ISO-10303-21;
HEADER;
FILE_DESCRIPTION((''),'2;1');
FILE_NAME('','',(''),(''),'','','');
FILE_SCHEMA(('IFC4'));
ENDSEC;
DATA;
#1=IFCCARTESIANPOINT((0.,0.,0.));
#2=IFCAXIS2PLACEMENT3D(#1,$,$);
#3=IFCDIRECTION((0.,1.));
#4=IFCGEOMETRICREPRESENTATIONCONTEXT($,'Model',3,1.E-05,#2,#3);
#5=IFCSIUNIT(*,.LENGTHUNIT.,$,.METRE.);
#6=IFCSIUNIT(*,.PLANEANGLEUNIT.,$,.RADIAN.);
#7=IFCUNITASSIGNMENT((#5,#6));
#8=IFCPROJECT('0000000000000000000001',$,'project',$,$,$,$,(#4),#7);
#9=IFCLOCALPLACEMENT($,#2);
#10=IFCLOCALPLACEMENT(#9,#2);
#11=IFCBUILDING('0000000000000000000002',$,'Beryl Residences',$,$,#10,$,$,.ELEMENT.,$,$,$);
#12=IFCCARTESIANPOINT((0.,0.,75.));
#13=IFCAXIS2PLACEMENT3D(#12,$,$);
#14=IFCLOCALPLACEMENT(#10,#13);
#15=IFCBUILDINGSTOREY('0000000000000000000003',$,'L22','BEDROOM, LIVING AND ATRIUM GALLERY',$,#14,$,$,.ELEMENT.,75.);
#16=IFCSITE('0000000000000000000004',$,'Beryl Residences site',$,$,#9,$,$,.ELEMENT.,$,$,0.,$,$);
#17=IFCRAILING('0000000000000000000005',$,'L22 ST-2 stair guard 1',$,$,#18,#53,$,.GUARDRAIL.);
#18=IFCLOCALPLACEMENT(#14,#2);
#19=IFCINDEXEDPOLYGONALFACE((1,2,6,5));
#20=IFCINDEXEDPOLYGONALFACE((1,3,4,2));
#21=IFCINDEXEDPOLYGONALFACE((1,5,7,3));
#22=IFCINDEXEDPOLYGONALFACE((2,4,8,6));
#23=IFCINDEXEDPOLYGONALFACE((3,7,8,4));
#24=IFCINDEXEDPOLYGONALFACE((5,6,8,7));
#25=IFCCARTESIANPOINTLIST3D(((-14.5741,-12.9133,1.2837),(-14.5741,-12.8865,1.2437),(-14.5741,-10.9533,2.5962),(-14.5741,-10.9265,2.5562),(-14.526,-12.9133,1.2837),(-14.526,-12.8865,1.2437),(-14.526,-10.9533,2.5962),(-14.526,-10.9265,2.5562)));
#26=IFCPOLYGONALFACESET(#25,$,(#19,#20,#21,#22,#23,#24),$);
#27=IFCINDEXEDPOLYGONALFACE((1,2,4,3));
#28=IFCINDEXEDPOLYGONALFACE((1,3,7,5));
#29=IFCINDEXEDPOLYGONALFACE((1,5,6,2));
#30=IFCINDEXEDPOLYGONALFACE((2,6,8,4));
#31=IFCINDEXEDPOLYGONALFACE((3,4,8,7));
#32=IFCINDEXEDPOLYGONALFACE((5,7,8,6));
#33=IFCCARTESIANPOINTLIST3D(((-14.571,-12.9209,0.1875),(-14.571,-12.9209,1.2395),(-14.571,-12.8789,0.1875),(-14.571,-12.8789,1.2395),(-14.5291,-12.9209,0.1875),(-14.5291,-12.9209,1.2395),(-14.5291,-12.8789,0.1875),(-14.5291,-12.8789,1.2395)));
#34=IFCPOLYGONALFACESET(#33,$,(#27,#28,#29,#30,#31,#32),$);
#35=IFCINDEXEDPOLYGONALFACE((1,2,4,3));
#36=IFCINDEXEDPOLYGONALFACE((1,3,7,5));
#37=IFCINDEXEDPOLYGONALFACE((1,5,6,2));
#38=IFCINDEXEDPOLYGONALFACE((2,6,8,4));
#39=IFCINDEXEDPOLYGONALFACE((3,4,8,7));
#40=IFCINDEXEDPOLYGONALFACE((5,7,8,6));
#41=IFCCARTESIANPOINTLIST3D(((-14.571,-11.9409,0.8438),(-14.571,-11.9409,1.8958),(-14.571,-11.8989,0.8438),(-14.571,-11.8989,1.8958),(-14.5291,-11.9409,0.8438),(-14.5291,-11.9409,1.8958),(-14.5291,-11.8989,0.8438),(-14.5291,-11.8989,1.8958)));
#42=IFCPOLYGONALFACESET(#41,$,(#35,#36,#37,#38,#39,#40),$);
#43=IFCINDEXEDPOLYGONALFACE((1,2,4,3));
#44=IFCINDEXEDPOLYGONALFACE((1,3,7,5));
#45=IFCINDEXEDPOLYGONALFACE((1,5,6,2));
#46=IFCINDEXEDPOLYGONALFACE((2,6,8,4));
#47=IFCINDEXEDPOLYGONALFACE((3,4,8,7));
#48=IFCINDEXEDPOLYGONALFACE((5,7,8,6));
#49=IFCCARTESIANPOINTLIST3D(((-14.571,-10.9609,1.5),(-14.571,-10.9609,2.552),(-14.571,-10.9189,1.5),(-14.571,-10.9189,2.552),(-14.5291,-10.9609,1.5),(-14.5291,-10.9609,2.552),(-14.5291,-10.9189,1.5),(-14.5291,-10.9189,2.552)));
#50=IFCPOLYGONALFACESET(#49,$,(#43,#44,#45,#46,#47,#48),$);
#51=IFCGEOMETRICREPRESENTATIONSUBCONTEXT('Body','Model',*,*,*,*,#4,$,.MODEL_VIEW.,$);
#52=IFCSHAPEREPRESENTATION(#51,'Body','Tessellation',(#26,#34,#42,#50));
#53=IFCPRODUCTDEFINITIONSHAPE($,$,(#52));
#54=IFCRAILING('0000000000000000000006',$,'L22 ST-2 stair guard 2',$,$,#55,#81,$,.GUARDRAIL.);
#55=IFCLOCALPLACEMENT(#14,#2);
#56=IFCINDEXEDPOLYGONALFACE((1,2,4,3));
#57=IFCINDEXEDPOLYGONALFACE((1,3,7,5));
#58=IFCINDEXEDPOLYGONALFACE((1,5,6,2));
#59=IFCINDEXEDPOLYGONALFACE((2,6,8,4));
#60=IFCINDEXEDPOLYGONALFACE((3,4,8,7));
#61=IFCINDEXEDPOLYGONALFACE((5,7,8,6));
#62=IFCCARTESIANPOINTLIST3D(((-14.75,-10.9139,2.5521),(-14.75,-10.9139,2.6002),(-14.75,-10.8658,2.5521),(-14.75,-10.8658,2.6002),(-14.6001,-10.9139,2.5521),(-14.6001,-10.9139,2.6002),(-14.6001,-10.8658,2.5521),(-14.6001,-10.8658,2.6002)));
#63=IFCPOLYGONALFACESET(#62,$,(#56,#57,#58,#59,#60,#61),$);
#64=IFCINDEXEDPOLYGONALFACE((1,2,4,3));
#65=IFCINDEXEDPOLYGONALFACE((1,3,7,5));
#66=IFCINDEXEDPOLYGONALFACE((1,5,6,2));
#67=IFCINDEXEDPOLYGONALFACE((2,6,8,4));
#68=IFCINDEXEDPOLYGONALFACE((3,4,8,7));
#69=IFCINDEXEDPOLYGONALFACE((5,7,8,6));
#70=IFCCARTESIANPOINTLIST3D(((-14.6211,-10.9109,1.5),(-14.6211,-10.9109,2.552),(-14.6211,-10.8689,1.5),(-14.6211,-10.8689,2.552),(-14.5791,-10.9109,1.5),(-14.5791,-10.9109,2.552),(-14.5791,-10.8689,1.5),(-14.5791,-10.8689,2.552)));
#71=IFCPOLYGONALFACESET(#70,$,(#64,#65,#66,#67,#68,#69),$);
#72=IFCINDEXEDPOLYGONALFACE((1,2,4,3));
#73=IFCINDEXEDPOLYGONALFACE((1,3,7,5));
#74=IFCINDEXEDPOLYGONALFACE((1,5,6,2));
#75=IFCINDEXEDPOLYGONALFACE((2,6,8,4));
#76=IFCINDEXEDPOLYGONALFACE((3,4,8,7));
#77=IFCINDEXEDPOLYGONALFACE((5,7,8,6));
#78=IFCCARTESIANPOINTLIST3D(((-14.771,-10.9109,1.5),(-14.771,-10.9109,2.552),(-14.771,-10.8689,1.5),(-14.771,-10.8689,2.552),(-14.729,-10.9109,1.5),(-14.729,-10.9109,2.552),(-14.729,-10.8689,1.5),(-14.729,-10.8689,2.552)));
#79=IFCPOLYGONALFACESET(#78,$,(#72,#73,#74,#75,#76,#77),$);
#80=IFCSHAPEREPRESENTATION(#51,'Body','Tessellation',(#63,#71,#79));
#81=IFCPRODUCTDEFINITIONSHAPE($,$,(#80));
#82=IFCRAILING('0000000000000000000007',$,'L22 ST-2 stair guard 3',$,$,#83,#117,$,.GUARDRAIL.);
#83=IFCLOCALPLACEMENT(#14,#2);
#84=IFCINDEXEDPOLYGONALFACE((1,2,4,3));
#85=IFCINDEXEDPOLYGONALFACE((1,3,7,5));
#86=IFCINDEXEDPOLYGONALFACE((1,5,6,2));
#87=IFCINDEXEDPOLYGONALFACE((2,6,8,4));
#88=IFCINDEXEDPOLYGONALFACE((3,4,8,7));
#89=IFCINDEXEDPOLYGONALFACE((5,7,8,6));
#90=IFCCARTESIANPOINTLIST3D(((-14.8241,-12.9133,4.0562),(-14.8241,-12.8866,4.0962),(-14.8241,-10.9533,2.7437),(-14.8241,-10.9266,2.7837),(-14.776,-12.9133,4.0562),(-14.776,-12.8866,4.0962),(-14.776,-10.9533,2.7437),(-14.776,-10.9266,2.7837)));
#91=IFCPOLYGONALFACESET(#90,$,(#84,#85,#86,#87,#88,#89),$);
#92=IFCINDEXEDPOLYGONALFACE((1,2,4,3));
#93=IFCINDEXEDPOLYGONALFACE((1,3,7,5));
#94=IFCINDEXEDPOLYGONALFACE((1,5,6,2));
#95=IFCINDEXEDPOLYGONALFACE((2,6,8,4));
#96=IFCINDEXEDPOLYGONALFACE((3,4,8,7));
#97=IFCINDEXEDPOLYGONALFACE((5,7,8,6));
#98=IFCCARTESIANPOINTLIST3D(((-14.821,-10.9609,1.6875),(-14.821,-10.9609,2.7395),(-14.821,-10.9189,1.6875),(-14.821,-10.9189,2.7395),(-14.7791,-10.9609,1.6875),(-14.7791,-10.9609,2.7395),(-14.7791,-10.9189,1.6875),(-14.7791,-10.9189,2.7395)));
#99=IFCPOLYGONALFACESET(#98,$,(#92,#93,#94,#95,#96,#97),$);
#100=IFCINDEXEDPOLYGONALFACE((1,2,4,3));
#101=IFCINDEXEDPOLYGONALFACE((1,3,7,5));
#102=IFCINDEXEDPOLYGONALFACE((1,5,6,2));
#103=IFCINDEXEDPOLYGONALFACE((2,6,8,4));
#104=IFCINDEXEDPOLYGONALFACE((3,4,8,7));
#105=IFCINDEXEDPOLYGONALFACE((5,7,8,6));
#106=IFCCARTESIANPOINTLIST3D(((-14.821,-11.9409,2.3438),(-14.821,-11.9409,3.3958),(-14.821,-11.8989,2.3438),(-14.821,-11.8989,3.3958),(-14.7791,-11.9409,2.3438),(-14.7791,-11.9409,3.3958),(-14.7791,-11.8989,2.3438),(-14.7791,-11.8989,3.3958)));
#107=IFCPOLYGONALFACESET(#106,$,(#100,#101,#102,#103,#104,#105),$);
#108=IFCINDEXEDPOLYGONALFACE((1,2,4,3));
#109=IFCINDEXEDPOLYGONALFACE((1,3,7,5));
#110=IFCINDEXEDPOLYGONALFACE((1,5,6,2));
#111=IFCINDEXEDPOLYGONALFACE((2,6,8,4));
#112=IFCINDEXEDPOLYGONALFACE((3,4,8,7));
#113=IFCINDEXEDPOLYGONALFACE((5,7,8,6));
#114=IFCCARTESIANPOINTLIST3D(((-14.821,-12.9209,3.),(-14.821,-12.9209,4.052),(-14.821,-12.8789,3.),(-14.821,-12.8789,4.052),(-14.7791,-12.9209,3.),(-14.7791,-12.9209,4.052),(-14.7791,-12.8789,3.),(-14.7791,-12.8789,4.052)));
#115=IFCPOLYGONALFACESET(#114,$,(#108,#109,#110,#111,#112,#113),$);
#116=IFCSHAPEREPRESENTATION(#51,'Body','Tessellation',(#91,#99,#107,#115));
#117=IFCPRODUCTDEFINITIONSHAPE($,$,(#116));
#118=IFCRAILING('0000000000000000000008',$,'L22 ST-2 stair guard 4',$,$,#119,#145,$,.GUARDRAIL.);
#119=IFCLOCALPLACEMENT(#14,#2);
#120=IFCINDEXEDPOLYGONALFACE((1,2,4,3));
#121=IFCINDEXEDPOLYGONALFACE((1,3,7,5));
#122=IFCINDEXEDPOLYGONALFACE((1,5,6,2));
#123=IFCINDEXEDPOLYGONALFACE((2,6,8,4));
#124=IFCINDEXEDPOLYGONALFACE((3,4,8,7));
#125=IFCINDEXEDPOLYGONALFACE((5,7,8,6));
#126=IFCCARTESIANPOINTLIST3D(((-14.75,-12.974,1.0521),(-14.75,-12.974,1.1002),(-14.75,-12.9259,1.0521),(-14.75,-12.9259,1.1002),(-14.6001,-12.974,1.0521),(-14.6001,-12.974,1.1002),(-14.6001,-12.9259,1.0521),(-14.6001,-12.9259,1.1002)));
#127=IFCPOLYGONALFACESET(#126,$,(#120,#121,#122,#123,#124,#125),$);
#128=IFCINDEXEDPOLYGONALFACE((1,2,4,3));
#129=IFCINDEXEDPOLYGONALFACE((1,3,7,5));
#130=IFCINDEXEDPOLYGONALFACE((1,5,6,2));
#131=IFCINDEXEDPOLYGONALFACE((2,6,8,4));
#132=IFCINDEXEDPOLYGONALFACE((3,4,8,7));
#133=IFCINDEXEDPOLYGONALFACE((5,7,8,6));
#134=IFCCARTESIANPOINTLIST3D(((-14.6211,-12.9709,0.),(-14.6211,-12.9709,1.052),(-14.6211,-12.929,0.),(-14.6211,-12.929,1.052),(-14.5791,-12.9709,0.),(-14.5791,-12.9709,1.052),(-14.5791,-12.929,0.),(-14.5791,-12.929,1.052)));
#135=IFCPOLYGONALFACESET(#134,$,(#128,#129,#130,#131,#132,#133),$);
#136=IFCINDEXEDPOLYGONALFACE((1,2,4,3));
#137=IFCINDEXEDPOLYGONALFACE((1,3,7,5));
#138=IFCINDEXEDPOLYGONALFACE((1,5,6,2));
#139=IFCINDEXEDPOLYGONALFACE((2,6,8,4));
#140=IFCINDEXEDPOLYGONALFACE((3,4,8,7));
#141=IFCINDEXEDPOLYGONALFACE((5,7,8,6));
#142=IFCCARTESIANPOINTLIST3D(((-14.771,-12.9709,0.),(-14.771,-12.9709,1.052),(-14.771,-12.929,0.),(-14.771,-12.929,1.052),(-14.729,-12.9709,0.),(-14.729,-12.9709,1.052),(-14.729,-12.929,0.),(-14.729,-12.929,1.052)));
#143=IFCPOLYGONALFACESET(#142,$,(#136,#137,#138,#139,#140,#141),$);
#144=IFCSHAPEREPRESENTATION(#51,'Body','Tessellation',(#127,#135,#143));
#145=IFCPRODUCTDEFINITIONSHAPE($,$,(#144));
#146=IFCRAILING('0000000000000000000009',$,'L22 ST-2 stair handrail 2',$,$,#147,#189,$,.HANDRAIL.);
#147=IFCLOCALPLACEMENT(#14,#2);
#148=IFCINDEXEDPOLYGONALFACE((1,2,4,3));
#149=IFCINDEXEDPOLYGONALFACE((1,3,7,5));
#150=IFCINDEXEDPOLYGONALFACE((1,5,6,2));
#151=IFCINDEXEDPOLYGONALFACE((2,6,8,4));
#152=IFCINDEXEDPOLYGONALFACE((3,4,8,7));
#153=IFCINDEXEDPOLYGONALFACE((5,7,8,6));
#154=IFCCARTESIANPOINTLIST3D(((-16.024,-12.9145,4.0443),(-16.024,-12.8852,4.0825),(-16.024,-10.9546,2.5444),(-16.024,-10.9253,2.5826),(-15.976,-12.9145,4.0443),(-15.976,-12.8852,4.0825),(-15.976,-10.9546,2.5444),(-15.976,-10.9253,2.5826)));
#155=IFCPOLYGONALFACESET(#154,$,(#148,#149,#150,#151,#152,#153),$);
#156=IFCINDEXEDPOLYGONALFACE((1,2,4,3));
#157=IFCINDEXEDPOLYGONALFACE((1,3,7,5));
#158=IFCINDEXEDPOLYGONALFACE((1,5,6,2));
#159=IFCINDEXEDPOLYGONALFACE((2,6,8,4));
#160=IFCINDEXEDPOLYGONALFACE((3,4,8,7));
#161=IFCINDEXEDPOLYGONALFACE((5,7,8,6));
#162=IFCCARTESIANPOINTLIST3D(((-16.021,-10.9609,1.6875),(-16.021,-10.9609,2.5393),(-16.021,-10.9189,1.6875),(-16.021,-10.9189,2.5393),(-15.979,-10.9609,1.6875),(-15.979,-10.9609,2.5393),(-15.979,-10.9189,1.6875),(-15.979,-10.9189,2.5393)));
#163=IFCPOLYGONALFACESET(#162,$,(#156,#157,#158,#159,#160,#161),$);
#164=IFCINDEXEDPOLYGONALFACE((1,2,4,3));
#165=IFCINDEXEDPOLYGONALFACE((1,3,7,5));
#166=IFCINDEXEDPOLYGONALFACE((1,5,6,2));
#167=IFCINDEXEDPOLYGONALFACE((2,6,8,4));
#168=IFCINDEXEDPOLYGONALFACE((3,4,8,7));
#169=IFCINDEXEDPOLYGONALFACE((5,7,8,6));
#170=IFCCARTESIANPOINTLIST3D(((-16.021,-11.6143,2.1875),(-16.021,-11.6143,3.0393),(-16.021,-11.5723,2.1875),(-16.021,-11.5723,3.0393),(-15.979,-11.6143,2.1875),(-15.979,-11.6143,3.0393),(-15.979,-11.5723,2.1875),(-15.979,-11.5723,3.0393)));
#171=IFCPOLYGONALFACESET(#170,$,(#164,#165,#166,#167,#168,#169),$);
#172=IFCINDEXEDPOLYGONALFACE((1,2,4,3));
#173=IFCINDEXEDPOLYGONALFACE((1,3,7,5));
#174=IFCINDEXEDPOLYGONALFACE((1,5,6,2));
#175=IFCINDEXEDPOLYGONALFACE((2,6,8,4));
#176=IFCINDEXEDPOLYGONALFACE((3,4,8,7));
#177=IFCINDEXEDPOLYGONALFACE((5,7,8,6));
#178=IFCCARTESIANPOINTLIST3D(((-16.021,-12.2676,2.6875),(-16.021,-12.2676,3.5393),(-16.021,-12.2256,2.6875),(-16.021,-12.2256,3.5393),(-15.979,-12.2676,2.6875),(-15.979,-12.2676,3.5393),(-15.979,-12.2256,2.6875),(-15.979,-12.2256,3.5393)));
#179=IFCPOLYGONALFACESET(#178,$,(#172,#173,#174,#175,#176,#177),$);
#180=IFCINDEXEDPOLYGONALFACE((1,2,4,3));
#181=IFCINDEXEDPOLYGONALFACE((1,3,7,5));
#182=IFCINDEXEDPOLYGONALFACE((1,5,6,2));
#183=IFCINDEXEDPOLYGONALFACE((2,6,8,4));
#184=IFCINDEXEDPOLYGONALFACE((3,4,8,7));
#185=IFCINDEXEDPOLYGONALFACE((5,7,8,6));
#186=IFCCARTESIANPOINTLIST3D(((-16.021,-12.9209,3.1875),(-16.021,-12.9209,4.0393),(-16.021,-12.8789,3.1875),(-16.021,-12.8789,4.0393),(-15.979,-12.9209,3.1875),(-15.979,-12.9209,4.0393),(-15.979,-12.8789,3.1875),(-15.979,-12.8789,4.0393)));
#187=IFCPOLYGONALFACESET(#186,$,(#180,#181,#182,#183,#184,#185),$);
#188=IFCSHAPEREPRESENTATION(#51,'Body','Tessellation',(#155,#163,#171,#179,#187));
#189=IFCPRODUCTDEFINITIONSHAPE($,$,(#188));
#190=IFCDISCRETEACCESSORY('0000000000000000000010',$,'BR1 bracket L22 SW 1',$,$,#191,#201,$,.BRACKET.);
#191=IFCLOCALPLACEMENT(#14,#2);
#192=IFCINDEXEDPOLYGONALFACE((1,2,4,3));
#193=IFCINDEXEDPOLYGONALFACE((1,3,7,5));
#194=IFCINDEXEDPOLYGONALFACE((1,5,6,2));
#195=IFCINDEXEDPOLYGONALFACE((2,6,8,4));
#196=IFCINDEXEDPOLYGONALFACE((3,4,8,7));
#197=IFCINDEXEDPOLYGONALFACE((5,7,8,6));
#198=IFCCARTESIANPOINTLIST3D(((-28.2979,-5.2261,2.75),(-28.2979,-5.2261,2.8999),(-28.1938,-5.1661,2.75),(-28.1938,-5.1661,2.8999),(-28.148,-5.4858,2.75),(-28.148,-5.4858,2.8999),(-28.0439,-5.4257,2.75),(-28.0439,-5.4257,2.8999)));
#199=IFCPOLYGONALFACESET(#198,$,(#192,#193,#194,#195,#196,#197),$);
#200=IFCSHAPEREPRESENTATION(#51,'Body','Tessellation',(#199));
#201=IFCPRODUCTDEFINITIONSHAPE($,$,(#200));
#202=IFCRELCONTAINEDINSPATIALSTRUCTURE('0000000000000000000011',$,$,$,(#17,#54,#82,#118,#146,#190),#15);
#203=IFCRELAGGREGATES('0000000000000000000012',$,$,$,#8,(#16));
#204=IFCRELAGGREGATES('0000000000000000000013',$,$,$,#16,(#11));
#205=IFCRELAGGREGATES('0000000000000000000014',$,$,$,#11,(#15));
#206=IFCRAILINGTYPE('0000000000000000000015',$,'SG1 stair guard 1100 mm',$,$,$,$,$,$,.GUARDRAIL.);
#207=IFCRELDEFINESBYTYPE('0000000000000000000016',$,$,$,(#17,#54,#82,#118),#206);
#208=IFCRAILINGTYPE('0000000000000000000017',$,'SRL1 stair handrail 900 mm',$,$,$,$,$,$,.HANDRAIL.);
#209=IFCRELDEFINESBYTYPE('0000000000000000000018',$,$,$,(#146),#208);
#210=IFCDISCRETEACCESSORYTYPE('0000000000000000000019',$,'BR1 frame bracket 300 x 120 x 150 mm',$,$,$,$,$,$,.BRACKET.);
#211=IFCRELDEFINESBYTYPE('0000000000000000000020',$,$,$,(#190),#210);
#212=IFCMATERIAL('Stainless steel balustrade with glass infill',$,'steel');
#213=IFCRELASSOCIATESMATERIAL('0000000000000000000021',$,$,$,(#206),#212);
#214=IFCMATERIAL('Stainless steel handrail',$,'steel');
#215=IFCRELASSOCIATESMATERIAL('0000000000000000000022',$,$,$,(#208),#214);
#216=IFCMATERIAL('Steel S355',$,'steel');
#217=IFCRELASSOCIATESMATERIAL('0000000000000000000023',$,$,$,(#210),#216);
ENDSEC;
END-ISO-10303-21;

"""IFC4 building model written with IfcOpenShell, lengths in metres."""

from ifc_helpers import new_model, si_unit, direction, frame, origin, origin_2d, place, context, subcontext, project, spatial, polyline, rectangle, outline, extrude, source, transform, mapped, material, type_object, type_shapes, element, save


model = new_model("IFC4")

# Units and contexts
model_context = context("Model", 3, precision=1e-05, world=origin(), true_north=direction((0.0, 1.0)))
body_context = subcontext(model_context, "Body", "Model", "MODEL_VIEW")
ifc_project = project(units=[si_unit("LENGTHUNIT", "METRE"), si_unit("PLANEANGLEUNIT", "RADIAN")], contexts=[model_context])

# Site, building, storey
site_placement = place(None, origin())
site = spatial("IfcSite", under=ifc_project, at=site_placement, Name="Beryl Residences site", CompositionType="ELEMENT", RefElevation=0.0)
building_placement = place(site_placement, origin())
building = spatial("IfcBuilding", under=site, at=building_placement, Name="Beryl Residences", CompositionType="ELEMENT")
storey_placement = place(building_placement, frame((0.0, 0.0, 75.0)))
storey = spatial("IfcBuildingStorey", under=building, at=storey_placement, Name="L22", Description="BEDROOM, LIVING AND ATRIUM GALLERY", CompositionType="ELEMENT", Elevation=75.0)

# Railings
ifc_material_1 = material(Name="Stainless steel balustrade with glass infill", Category="steel")
railing_type_1 = type_object("IfcRailingType", Name="SG1 stair guard 1100 mm", PredefinedType="GUARDRAIL", material=ifc_material_1)
railing_1_placement = place(storey_placement, frame((-14.55, -12.8999, 0.1875)))
element("IfcRailing", 1, at=railing_1_placement, inside=storey, type_object=railing_type_1, Name="L22 ST-2 stair guard 1", PredefinedType="GUARDRAIL", context=body_context, shape_type="SweptSolid", body=[
    extrude(rectangle(XDim=0.0481, YDim=0.0481, at=origin_2d()), frame((0.0, 0.0, 1.0762), z_axis=(0.0, 0.830902, 0.556419), x_axis=(-1.0, 0.0, 0.0)), (0.0, 0.0, 1.0), 2.3589),
    extrude(rectangle(XDim=0.042, YDim=0.042, at=origin_2d()), origin(), (0.0, 0.0, 1.0), 1.052),
    extrude(rectangle(XDim=0.042, YDim=0.042, at=origin_2d()), frame((0.0, 0.98, 0.6562)), (0.0, 0.0, 1.0), 1.052),
    extrude(rectangle(XDim=0.042, YDim=0.042, at=origin_2d()), frame((0.0, 1.96, 1.3125)), (0.0, 0.0, 1.0), 1.052),
])
railing_2_placement = place(storey_placement, frame((-14.6001, -10.8899, 1.5)))
element("IfcRailing", 2, at=railing_2_placement, inside=storey, type_object=railing_type_1, Name="L22 ST-2 stair guard 2", PredefinedType="GUARDRAIL", context=body_context, shape_type="SweptSolid", body=[
    extrude(rectangle(XDim=0.0481, YDim=0.0481, at=origin_2d()), frame((0.0, 0.0, 1.0762), z_axis=(-1.0, 0.0, 0.0), x_axis=(0.0, -1.0, 0.0)), (0.0, 0.0, 1.0), 0.1499),
    extrude(rectangle(XDim=0.042, YDim=0.042, at=origin_2d()), origin(), (0.0, 0.0, 1.0), 1.052),
    extrude(rectangle(XDim=0.042, YDim=0.042, at=origin_2d()), frame((-0.1499, 0.0, 0.0)), (0.0, 0.0, 1.0), 1.052),
])
railing_3_placement = place(storey_placement, frame((-14.8, -10.9399, 1.6875)))
element("IfcRailing", 3, at=railing_3_placement, inside=storey, type_object=railing_type_1, Name="L22 ST-2 stair guard 3", PredefinedType="GUARDRAIL", context=body_context, shape_type="SweptSolid", body=[
    extrude(rectangle(XDim=0.0481, YDim=0.0481, at=origin_2d()), frame((0.0, 0.0, 1.0762), z_axis=(0.0, -0.830902, 0.556419), x_axis=(1.0, 0.0, 0.0)), (0.0, 0.0, 1.0), 2.3589),
    extrude(rectangle(XDim=0.042, YDim=0.042, at=origin_2d()), origin(), (0.0, 0.0, 1.0), 1.052),
    extrude(rectangle(XDim=0.042, YDim=0.042, at=origin_2d()), frame((0.0, -0.98, 0.6562)), (0.0, 0.0, 1.0), 1.052),
    extrude(rectangle(XDim=0.042, YDim=0.042, at=origin_2d()), frame((0.0, -1.96, 1.3125)), (0.0, 0.0, 1.0), 1.052),
])
railing_4_placement = place(storey_placement, frame((-14.6001, -12.95, 0.0)))
element("IfcRailing", 4, at=railing_4_placement, inside=storey, type_object=railing_type_1, Name="L22 ST-2 stair guard 4", PredefinedType="GUARDRAIL", context=body_context, shape_type="SweptSolid", body=[
    extrude(rectangle(XDim=0.0481, YDim=0.0481, at=origin_2d()), frame((0.0, 0.0, 1.0762), z_axis=(-1.0, 0.0, 0.0), x_axis=(0.0, -1.0, 0.0)), (0.0, 0.0, 1.0), 0.1499),
    extrude(rectangle(XDim=0.042, YDim=0.042, at=origin_2d()), origin(), (0.0, 0.0, 1.0), 1.052),
    extrude(rectangle(XDim=0.042, YDim=0.042, at=origin_2d()), frame((-0.1499, 0.0, 0.0)), (0.0, 0.0, 1.0), 1.052),
])
ifc_material_2 = material(Name="Stainless steel handrail", Category="steel")
railing_type_2 = type_object("IfcRailingType", Name="SRL1 stair handrail 900 mm", PredefinedType="HANDRAIL", material=ifc_material_2)
railing_5_placement = place(storey_placement, frame((-16.0, -10.9399, 1.6875)))
element("IfcRailing", 5, at=railing_5_placement, inside=storey, type_object=railing_type_2, Name="L22 ST-2 stair handrail 2", PredefinedType="HANDRAIL", context=body_context, shape_type="SweptSolid", body=[
    extrude(rectangle(XDim=0.0481, YDim=0.0481, at=origin_2d()), frame((0.0, 0.0, 0.876), z_axis=(0.0, -0.794122, 0.607758), x_axis=(1.0, 0.0, 0.0)), (0.0, 0.0, 1.0), 2.468),
    extrude(rectangle(XDim=0.042, YDim=0.042, at=origin_2d()), origin(), (0.0, 0.0, 1.0), 0.8518),
    extrude(rectangle(XDim=0.042, YDim=0.042, at=origin_2d()), frame((0.0, -0.6533, 0.5)), (0.0, 0.0, 1.0), 0.8518),
    extrude(rectangle(XDim=0.042, YDim=0.042, at=origin_2d()), frame((0.0, -1.3066, 1.0)), (0.0, 0.0, 1.0), 0.8518),
    extrude(rectangle(XDim=0.042, YDim=0.042, at=origin_2d()), frame((0.0, -1.96, 1.5)), (0.0, 0.0, 1.0), 0.8518),
])

# Discrete accessory
ifc_material_3 = material(Name="Steel S355", Category="steel")
discrete_accessory_type = type_object("IfcDiscreteAccessoryType", Name="BR1 frame bracket 300 x 120 x 150 mm", PredefinedType="BRACKET", material=ifc_material_3)
shared_shape_1 = source(origin(), body_context, "Body", "SweptSolid", [
    extrude(outline(polyline([(-0.1499, 0.0), (0.1499, 0.0), (0.1499, 0.1201), (-0.1499, 0.1201), (-0.1499, 0.0)])), origin(), (0.0, 0.0, 1.0), 0.1499),
])
type_shapes(discrete_accessory_type, [shared_shape_1])
discrete_accessory_placement = place(storey_placement, frame((-28.1189, -5.2959, 2.75), z_axis=(0.0, 0.0, 1.0), x_axis=(-0.5, 0.866025, 0.0)))
element("IfcDiscreteAccessory", 6, at=discrete_accessory_placement, inside=storey, type_object=discrete_accessory_type, Name="BR1 bracket L22 SW 1", PredefinedType="BRACKET", context=body_context, shape_type="MappedRepresentation", body=[
    mapped(shared_shape_1, transform((0.0, 0.0, 0.0))),
])

save(model, "model.ifc")
